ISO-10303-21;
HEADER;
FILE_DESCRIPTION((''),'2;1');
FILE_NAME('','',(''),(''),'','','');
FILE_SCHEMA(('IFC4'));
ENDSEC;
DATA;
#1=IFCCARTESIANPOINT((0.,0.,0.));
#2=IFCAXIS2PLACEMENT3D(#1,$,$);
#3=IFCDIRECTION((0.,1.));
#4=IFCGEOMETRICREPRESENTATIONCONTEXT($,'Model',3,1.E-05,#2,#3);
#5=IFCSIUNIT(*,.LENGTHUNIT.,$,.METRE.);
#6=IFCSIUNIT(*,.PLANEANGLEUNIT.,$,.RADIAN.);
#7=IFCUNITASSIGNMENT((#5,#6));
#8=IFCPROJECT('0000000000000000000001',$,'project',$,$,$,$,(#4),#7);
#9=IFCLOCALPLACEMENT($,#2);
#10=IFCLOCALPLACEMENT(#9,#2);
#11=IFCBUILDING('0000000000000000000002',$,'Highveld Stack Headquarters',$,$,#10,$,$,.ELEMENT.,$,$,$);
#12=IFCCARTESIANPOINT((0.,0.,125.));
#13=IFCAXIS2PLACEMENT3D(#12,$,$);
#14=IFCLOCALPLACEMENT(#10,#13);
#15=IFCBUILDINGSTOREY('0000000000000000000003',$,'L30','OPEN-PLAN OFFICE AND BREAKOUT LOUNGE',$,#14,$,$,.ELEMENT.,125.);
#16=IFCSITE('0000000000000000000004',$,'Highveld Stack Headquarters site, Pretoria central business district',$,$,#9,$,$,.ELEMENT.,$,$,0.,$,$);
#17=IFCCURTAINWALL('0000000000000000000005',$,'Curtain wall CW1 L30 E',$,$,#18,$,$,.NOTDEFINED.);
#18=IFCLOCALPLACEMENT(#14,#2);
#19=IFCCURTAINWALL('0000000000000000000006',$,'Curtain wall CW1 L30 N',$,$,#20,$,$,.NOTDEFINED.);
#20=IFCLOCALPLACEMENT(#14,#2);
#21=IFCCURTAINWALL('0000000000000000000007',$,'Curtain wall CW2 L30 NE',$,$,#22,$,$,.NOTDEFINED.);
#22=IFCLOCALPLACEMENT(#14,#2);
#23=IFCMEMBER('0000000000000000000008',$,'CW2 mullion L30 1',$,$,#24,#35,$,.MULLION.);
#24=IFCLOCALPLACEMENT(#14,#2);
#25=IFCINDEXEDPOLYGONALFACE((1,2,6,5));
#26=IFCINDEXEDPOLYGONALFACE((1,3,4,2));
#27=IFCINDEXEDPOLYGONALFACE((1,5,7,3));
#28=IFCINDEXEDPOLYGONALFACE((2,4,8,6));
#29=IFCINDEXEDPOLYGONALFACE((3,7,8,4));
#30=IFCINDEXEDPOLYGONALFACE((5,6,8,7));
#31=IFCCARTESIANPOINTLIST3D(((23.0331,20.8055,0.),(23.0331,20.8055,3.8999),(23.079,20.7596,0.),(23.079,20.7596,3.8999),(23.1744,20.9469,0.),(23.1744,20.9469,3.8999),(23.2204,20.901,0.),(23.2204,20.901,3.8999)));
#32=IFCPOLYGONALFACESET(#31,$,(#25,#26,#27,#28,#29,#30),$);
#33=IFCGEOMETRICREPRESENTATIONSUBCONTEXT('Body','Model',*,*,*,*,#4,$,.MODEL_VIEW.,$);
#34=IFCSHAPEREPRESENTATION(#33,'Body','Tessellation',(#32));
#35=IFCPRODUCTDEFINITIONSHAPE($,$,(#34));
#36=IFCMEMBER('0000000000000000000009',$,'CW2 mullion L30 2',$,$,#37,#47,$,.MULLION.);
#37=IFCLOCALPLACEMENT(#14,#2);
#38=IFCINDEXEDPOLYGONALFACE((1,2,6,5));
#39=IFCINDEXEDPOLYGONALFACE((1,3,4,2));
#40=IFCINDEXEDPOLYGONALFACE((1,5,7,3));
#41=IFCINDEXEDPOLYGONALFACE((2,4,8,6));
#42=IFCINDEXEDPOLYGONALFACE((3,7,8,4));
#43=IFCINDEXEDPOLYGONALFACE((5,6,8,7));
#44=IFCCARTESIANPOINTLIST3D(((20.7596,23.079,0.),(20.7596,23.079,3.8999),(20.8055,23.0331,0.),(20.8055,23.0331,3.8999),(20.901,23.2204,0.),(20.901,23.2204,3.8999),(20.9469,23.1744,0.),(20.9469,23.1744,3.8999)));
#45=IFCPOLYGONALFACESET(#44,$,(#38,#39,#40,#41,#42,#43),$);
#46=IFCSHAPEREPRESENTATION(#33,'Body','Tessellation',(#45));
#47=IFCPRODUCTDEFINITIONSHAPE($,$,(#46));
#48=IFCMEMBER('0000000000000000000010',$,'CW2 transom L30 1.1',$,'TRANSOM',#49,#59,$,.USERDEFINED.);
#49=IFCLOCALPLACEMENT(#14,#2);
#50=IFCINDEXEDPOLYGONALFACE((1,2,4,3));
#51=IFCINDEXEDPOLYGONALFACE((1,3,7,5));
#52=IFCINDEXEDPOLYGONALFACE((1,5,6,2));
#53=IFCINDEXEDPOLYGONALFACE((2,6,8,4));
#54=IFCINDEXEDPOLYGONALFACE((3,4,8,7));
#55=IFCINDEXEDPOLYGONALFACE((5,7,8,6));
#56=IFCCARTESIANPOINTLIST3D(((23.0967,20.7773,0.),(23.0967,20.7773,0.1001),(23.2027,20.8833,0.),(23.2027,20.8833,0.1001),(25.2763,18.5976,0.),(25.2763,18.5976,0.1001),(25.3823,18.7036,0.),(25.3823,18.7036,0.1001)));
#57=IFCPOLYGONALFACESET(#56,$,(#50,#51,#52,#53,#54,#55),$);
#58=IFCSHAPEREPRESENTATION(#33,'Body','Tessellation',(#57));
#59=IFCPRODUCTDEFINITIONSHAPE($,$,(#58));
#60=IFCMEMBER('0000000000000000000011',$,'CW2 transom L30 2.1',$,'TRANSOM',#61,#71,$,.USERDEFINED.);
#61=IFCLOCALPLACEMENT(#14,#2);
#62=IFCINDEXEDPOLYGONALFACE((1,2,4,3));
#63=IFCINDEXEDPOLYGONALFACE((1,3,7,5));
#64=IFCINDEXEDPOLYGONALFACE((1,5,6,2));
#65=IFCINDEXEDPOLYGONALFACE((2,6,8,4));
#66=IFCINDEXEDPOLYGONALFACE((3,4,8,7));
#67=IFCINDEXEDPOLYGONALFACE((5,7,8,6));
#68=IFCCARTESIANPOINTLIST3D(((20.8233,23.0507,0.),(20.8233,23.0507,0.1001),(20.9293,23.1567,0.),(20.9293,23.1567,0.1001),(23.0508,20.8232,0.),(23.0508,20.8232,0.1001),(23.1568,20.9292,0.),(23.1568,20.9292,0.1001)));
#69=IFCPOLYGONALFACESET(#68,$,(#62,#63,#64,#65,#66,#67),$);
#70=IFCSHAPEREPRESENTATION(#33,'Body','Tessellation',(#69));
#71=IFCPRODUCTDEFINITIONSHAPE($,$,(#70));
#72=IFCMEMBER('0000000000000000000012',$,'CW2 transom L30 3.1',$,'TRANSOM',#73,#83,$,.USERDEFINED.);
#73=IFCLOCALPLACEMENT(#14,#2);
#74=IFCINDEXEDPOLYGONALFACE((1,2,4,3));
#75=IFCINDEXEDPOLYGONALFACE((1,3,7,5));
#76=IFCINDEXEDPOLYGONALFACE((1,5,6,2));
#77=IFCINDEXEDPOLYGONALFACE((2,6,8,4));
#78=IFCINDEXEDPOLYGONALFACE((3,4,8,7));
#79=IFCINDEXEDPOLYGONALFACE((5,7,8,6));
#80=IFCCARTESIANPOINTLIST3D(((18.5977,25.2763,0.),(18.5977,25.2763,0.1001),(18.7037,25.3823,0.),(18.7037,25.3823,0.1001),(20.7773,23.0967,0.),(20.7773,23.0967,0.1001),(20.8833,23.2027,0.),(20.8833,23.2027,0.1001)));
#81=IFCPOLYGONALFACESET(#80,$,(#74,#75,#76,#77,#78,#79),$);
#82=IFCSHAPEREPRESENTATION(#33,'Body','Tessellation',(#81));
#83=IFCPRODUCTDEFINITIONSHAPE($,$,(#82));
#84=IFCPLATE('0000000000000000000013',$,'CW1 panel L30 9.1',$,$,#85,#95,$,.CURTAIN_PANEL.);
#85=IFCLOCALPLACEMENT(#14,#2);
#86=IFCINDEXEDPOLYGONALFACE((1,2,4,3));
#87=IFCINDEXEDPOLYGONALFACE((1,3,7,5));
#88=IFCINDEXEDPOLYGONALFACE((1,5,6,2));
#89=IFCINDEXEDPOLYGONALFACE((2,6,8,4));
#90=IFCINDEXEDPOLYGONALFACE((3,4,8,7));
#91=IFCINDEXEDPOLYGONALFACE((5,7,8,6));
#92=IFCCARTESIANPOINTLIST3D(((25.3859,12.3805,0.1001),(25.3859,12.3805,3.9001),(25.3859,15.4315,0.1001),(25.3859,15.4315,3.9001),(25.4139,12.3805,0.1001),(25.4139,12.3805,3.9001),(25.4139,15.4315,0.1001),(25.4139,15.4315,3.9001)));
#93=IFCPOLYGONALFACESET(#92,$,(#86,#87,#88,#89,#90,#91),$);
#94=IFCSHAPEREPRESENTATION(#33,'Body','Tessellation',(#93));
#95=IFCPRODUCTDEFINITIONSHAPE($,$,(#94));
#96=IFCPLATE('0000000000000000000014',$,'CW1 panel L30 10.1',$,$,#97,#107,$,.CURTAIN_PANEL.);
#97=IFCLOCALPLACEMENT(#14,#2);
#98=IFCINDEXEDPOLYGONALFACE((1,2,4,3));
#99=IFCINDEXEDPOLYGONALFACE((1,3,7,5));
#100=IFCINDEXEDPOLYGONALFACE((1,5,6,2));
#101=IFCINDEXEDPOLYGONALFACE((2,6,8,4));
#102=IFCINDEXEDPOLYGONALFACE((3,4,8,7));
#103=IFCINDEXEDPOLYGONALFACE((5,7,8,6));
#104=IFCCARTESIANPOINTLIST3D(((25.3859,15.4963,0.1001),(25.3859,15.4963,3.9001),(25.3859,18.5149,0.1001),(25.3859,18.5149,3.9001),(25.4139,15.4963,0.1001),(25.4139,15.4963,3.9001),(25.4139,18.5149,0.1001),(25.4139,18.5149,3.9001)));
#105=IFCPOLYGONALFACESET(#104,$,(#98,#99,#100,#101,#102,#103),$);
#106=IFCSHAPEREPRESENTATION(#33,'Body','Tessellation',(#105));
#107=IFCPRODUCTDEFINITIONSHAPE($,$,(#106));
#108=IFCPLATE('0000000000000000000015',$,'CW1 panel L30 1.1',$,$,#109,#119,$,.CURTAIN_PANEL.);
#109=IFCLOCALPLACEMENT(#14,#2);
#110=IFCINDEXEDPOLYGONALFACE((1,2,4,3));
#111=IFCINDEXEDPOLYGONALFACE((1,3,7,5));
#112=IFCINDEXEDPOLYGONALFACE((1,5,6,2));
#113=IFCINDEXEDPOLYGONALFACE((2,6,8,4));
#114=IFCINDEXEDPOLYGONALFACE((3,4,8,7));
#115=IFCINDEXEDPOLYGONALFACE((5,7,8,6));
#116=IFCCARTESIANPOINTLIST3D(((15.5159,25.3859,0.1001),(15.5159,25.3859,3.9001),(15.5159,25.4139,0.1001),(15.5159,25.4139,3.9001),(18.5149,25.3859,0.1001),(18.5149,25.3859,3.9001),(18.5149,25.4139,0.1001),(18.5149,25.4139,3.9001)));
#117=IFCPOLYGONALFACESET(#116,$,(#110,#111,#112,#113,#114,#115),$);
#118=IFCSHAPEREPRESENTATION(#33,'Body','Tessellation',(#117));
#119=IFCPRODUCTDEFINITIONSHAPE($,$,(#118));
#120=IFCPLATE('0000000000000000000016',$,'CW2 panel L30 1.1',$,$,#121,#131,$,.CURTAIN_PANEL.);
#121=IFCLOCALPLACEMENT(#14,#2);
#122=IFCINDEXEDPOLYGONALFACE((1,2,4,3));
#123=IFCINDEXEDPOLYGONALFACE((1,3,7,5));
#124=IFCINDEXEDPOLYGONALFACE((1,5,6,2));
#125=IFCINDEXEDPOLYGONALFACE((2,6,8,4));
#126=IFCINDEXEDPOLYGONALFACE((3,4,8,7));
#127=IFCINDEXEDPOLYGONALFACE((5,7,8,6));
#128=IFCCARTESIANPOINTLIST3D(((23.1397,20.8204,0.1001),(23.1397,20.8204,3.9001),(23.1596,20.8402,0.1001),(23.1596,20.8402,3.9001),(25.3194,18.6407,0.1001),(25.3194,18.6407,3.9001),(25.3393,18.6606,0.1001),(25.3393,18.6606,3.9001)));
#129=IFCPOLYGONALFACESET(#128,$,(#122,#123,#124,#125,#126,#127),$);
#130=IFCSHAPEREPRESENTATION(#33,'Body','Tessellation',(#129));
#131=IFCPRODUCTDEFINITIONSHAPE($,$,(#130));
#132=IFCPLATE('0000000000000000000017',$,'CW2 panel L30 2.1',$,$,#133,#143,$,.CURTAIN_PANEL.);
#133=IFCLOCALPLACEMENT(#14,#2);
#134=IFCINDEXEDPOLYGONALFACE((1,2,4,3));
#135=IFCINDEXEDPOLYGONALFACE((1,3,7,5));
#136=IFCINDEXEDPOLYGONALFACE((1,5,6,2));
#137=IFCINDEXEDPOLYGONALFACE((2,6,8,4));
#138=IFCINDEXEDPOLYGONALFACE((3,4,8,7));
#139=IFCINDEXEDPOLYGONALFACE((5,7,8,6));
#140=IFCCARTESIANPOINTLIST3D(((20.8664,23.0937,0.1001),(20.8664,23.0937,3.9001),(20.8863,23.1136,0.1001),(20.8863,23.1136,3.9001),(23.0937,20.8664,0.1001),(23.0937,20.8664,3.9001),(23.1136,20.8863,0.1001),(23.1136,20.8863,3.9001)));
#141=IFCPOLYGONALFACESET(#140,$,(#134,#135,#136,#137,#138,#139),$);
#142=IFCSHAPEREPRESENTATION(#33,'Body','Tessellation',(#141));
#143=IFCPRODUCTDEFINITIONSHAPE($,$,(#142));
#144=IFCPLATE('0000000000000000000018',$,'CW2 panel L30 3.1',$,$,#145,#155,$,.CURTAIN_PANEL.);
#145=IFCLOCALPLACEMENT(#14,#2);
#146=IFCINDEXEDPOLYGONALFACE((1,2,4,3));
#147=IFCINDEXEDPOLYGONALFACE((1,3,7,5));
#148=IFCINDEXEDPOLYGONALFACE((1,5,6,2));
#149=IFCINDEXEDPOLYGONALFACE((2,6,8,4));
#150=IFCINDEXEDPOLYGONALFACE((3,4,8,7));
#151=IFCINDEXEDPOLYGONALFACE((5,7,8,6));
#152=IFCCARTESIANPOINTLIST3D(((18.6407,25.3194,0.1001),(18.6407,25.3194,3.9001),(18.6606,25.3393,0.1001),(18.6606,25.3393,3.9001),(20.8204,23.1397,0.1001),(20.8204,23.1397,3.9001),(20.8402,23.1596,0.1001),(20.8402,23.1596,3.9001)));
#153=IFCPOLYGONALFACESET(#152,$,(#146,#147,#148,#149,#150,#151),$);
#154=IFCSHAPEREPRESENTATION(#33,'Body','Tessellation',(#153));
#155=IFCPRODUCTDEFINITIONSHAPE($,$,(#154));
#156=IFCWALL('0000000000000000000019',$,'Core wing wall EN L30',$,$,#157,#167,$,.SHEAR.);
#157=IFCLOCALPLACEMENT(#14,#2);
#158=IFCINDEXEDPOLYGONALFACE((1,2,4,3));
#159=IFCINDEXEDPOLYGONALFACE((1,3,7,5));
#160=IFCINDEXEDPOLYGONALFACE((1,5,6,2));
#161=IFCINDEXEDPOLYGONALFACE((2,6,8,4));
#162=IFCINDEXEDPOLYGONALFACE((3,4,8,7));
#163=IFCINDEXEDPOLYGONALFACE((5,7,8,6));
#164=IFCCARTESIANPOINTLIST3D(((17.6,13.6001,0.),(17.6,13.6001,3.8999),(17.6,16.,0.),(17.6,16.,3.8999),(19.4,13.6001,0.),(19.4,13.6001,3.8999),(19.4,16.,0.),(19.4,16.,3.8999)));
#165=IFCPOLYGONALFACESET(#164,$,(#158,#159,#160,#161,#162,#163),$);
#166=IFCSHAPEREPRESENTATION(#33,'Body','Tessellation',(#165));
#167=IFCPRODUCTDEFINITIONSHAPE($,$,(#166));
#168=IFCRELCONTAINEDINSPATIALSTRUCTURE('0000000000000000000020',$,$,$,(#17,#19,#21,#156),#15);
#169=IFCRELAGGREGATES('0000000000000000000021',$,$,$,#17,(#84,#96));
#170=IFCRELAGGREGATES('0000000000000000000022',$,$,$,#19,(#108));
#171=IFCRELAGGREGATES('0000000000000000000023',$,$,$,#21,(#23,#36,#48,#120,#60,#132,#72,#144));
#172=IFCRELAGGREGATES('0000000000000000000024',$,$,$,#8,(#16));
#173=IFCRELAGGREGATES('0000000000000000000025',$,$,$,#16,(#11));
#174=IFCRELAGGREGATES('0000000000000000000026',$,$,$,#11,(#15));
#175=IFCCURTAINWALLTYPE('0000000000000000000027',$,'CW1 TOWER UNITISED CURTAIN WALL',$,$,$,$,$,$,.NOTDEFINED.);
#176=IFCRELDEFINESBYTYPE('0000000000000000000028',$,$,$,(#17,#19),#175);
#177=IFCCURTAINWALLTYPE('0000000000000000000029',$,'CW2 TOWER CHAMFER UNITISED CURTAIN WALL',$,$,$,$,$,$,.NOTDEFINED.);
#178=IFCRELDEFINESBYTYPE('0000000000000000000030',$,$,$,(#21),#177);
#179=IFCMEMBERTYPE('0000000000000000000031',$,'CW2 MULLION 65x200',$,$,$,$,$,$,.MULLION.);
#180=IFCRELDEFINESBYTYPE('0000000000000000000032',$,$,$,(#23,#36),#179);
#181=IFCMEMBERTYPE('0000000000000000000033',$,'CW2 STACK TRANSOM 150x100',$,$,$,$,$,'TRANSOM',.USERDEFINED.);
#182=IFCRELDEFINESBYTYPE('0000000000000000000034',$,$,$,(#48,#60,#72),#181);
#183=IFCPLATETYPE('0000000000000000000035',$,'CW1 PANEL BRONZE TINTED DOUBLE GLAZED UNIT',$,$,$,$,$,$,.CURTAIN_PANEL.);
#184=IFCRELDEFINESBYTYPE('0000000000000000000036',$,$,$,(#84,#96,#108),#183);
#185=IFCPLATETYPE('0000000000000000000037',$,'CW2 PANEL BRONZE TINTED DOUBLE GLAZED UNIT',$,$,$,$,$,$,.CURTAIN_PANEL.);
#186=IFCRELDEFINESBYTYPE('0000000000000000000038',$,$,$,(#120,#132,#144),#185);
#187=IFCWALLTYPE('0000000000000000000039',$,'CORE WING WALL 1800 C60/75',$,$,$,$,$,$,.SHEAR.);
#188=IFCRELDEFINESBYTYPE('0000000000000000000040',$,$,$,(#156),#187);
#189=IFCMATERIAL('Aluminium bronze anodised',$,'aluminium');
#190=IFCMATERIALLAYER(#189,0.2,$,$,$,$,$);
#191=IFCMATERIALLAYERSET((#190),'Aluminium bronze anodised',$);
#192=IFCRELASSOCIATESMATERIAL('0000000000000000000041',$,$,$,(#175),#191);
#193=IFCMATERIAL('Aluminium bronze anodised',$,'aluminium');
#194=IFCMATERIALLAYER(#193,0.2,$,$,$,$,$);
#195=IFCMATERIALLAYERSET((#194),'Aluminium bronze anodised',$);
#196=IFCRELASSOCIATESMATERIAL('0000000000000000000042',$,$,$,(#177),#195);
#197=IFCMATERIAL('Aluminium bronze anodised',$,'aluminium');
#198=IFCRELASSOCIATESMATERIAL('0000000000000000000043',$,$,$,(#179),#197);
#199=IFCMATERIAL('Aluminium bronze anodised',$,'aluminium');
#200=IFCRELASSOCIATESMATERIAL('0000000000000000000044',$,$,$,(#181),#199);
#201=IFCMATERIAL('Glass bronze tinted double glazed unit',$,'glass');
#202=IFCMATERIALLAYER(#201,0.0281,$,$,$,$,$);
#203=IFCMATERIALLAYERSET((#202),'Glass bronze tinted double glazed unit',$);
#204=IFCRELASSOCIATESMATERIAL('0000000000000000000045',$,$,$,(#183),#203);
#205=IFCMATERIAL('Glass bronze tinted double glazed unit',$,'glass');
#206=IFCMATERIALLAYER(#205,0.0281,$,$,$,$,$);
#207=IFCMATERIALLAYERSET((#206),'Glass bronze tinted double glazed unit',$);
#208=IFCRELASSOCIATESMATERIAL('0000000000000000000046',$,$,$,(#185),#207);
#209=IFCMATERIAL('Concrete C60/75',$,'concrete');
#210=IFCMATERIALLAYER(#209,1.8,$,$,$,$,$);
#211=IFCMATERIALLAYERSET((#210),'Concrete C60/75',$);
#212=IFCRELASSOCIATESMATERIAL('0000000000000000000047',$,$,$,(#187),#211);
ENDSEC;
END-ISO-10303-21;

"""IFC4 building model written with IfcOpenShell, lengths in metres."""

from ifc_helpers import new_model, si_unit, direction, frame, frame_2d, origin, origin_2d, place, context, subcontext, project, spatial, rectangle, extrude, material, layer, layer_set, material_profile, profile_set, type_object, element, aggregate, save


model = new_model("IFC4")

# Units and contexts
model_context = context("Model", 3, precision=1e-05, world=origin(), true_north=direction((0.0, 1.0)))
body_context = subcontext(model_context, "Body", "Model", "MODEL_VIEW")
ifc_project = project(units=[si_unit("LENGTHUNIT", "METRE"), si_unit("PLANEANGLEUNIT", "RADIAN")], contexts=[model_context])

# Site, building, storey
site_placement = place(None, origin())
site = spatial("IfcSite", under=ifc_project, at=site_placement, Name="Highveld Stack Headquarters site, Pretoria central business district", CompositionType="ELEMENT", RefElevation=0.0)
building_placement = place(site_placement, origin())
building = spatial("IfcBuilding", under=site, at=building_placement, Name="Highveld Stack Headquarters", CompositionType="ELEMENT")
storey_placement = place(building_placement, frame((0.0, 0.0, 125.0)))
storey = spatial("IfcBuildingStorey", under=building, at=storey_placement, Name="L30", Description="OPEN-PLAN OFFICE AND BREAKOUT LOUNGE", CompositionType="ELEMENT", Elevation=125.0)

# Curtain wall
ifc_material_1 = material(Name="Aluminium bronze anodised", Category="aluminium")
ifc_layer_1 = layer(ifc_material_1, 0.2)
ifc_layer_set_1 = layer_set([ifc_layer_1], Name="Aluminium bronze anodised")
curtain_wall_type_1 = type_object("IfcCurtainWallType", Name="CW1 TOWER UNITISED CURTAIN WALL", PredefinedType="NOTDEFINED", material=ifc_layer_set_1)
curtain_wall_1_placement = place(storey_placement, origin())
curtain_wall_1 = element("IfcCurtainWall", 1, at=curtain_wall_1_placement, inside=storey, type_object=curtain_wall_type_1, Name="Curtain wall CW1 L30 E", PredefinedType="NOTDEFINED")

# Curtain wall
curtain_wall_2_placement = place(storey_placement, origin())
curtain_wall_2 = element("IfcCurtainWall", 2, at=curtain_wall_2_placement, inside=storey, type_object=curtain_wall_type_1, Name="Curtain wall CW1 L30 N", PredefinedType="NOTDEFINED")

# Curtain wall, members
ifc_material_2 = material(Name="Aluminium bronze anodised", Category="aluminium")
ifc_layer_2 = layer(ifc_material_2, 0.2)
ifc_layer_set_2 = layer_set([ifc_layer_2], Name="Aluminium bronze anodised")
curtain_wall_type_2 = type_object("IfcCurtainWallType", Name="CW2 TOWER CHAMFER UNITISED CURTAIN WALL", PredefinedType="NOTDEFINED", material=ifc_layer_set_2)
curtain_wall_3_placement = place(storey_placement, origin())
curtain_wall_3 = element("IfcCurtainWall", 3, at=curtain_wall_3_placement, inside=storey, type_object=curtain_wall_type_2, Name="Curtain wall CW2 L30 NE", PredefinedType="NOTDEFINED")
ifc_material_3 = material(Name="Aluminium bronze anodised", Category="aluminium")
ifc_material_profile_1 = material_profile(ifc_material_3, rectangle(XDim=0.2, YDim=0.0649, at=origin_2d()), Name="CW2 MULLION 65x200")
ifc_profile_set_1 = profile_set([ifc_material_profile_1], Name="Aluminium bronze anodised")
member_type_1 = type_object("IfcMemberType", Name="CW2 MULLION 65x200", PredefinedType="MULLION", material=ifc_profile_set_1)
member_1_placement = place(storey_placement, frame((23.1267, 20.8533, 0.0), z_axis=(0.0, 0.0, 1.0), x_axis=(-0.707107, -0.707107, 0.0)))
member_1 = element("IfcMember", 4, at=member_1_placement, type_object=member_type_1, Name="CW2 mullion L30 1", PredefinedType="MULLION", context=body_context, shape_type="SweptSolid", body=[
    extrude(rectangle(XDim=0.2, YDim=0.0649, at=origin_2d()), origin(), (0.0, 0.0, 1.0), 3.8999),
])
member_2_placement = place(storey_placement, frame((20.8533, 23.1267, 0.0), z_axis=(0.0, 0.0, 1.0), x_axis=(-0.707107, -0.707107, 0.0)))
member_2 = element("IfcMember", 5, at=member_2_placement, type_object=member_type_1, Name="CW2 mullion L30 2", PredefinedType="MULLION", context=body_context, shape_type="SweptSolid", body=[
    extrude(rectangle(XDim=0.2, YDim=0.0649, at=origin_2d()), origin(), (0.0, 0.0, 1.0), 3.8999),
])
ifc_material_4 = material(Name="Aluminium bronze anodised", Category="aluminium")
ifc_material_profile_2 = material_profile(ifc_material_4, rectangle(XDim=0.1499, YDim=0.1001, at=origin_2d()), Name="CW2 TRANSOM 150x100")
ifc_profile_set_2 = profile_set([ifc_material_profile_2], Name="Aluminium bronze anodised")
member_type_2 = type_object("IfcMemberType", Name="CW2 STACK TRANSOM 150x100", ElementType="TRANSOM", PredefinedType="USERDEFINED", material=ifc_profile_set_2)
member_3_placement = place(storey_placement, frame((25.3293, 18.6506, 0.05), z_axis=(-0.707107, 0.707107, 0.0), x_axis=(-0.707107, -0.707107, 0.0)))
member_3 = element("IfcMember", 6, at=member_3_placement, type_object=member_type_2, Name="CW2 transom L30 1.1", ObjectType="TRANSOM", PredefinedType="USERDEFINED", context=body_context, shape_type="SweptSolid", body=[
    extrude(rectangle(XDim=0.1499, YDim=0.1001, at=origin_2d()), origin(), (0.0, 0.0, 1.0), 3.0825),
])
member_4_placement = place(storey_placement, frame((23.1038, 20.8762, 0.05), z_axis=(-0.707107, 0.707107, 0.0), x_axis=(-0.707107, -0.707107, 0.0)))
member_4 = element("IfcMember", 7, at=member_4_placement, type_object=member_type_2, Name="CW2 transom L30 2.1", ObjectType="TRANSOM", PredefinedType="USERDEFINED", context=body_context, shape_type="SweptSolid", body=[
    extrude(rectangle(XDim=0.1499, YDim=0.1001, at=origin_2d()), origin(), (0.0, 0.0, 1.0), 3.1501),
])
member_5_placement = place(storey_placement, frame((20.8303, 23.1497, 0.05), z_axis=(-0.707107, 0.707107, 0.0), x_axis=(-0.707107, -0.707107, 0.0)))
member_5 = element("IfcMember", 8, at=member_5_placement, type_object=member_type_2, Name="CW2 transom L30 3.1", ObjectType="TRANSOM", PredefinedType="USERDEFINED", context=body_context, shape_type="SweptSolid", body=[
    extrude(rectangle(XDim=0.1499, YDim=0.1001, at=origin_2d()), origin(), (0.0, 0.0, 1.0), 3.0825),
])

# Plates
ifc_material_5 = material(Name="Glass bronze tinted double glazed unit", Category="glass")
ifc_layer_3 = layer(ifc_material_5, 0.0281)
ifc_layer_set_3 = layer_set([ifc_layer_3], Name="Glass bronze tinted double glazed unit")
plate_type_1 = type_object("IfcPlateType", Name="CW1 PANEL BRONZE TINTED DOUBLE GLAZED UNIT", PredefinedType="CURTAIN_PANEL", material=ifc_layer_set_3)
plate_1_placement = place(storey_placement, frame((25.3999, 13.906, 0.1001), z_axis=(0.0, 0.0, 1.0), x_axis=(0.0, 1.0, 0.0)))
plate_1 = element("IfcPlate", 9, at=plate_1_placement, type_object=plate_type_1, Name="CW1 panel L30 9.1", PredefinedType="CURTAIN_PANEL", context=body_context, shape_type="SweptSolid", body=[
    extrude(rectangle(XDim=3.051, YDim=0.0281, at=origin_2d()), origin(), (0.0, 0.0, 1.0), 3.8),
])
plate_2_placement = place(storey_placement, frame((25.3999, 17.0056, 0.1001), z_axis=(0.0, 0.0, 1.0), x_axis=(0.0, 1.0, 0.0)))
plate_2 = element("IfcPlate", 10, at=plate_2_placement, type_object=plate_type_1, Name="CW1 panel L30 10.1", PredefinedType="CURTAIN_PANEL", context=body_context, shape_type="SweptSolid", body=[
    extrude(rectangle(XDim=3.0186, YDim=0.0281, at=origin_2d()), origin(), (0.0, 0.0, 1.0), 3.8),
])
aggregate(curtain_wall_1, [plate_1, plate_2])
plate_3_placement = place(storey_placement, frame((17.0154, 25.3999, 0.1001), z_axis=(0.0, 0.0, 1.0), x_axis=(-1.0, 0.0, 0.0)))
plate_3 = element("IfcPlate", 11, at=plate_3_placement, type_object=plate_type_1, Name="CW1 panel L30 1.1", PredefinedType="CURTAIN_PANEL", context=body_context, shape_type="SweptSolid", body=[
    extrude(rectangle(XDim=2.999, YDim=0.0281, at=origin_2d()), origin(), (0.0, 0.0, 1.0), 3.8),
])
aggregate(curtain_wall_2, [plate_3])
ifc_material_6 = material(Name="Glass bronze tinted double glazed unit", Category="glass")
ifc_layer_4 = layer(ifc_material_6, 0.0281)
ifc_layer_set_4 = layer_set([ifc_layer_4], Name="Glass bronze tinted double glazed unit")
plate_type_2 = type_object("IfcPlateType", Name="CW2 PANEL BRONZE TINTED DOUBLE GLAZED UNIT", PredefinedType="CURTAIN_PANEL", material=ifc_layer_set_4)
plate_4_placement = place(storey_placement, frame((24.2395, 19.7405, 0.1001), z_axis=(0.0, 0.0, 1.0), x_axis=(-0.707107, 0.707107, 0.0)))
plate_4 = element("IfcPlate", 12, at=plate_4_placement, type_object=plate_type_2, Name="CW2 panel L30 1.1", PredefinedType="CURTAIN_PANEL", context=body_context, shape_type="SweptSolid", body=[
    extrude(rectangle(XDim=3.0825, YDim=0.0281, at=origin_2d()), origin(), (0.0, 0.0, 1.0), 3.8),
])
plate_5_placement = place(storey_placement, frame((21.99, 21.99, 0.1001), z_axis=(0.0, 0.0, 1.0), x_axis=(-0.707107, 0.707107, 0.0)))
plate_5 = element("IfcPlate", 13, at=plate_5_placement, type_object=plate_type_2, Name="CW2 panel L30 2.1", PredefinedType="CURTAIN_PANEL", context=body_context, shape_type="SweptSolid", body=[
    extrude(rectangle(XDim=3.1499, YDim=0.0281, at=origin_2d()), origin(), (0.0, 0.0, 1.0), 3.8),
])
plate_6_placement = place(storey_placement, frame((19.7405, 24.2395, 0.1001), z_axis=(0.0, 0.0, 1.0), x_axis=(-0.707107, 0.707107, 0.0)))
plate_6 = element("IfcPlate", 14, at=plate_6_placement, type_object=plate_type_2, Name="CW2 panel L30 3.1", PredefinedType="CURTAIN_PANEL", context=body_context, shape_type="SweptSolid", body=[
    extrude(rectangle(XDim=3.0825, YDim=0.0281, at=origin_2d()), origin(), (0.0, 0.0, 1.0), 3.8),
])
aggregate(curtain_wall_3, [member_1, member_2, member_3, plate_4, member_4, plate_5, member_5, plate_6])

# Wall
ifc_material_7 = material(Name="Concrete C60/75", Category="concrete")
ifc_layer_5 = layer(ifc_material_7, 1.8)
ifc_layer_set_5 = layer_set([ifc_layer_5], Name="Concrete C60/75")
wall_type_1 = type_object("IfcWallType", Name="CORE WING WALL 1800 C60/75", PredefinedType="SHEAR", material=ifc_layer_set_5)
wall_1_placement = place(storey_placement, frame((18.5, 13.6001, 0.0), z_axis=(0.0, 0.0, 1.0), x_axis=(0.0, 1.0, 0.0)))
element("IfcWall", 15, at=wall_1_placement, inside=storey, type_object=wall_type_1, Name="Core wing wall EN L30", PredefinedType="SHEAR", context=body_context, shape_type="SweptSolid", body=[
    extrude(rectangle(XDim=2.3999, YDim=1.8, at=frame_2d((1.2, 0.0))), origin(), (0.0, 0.0, 1.0), 3.8999),
])

save(model, "model.ifc")
